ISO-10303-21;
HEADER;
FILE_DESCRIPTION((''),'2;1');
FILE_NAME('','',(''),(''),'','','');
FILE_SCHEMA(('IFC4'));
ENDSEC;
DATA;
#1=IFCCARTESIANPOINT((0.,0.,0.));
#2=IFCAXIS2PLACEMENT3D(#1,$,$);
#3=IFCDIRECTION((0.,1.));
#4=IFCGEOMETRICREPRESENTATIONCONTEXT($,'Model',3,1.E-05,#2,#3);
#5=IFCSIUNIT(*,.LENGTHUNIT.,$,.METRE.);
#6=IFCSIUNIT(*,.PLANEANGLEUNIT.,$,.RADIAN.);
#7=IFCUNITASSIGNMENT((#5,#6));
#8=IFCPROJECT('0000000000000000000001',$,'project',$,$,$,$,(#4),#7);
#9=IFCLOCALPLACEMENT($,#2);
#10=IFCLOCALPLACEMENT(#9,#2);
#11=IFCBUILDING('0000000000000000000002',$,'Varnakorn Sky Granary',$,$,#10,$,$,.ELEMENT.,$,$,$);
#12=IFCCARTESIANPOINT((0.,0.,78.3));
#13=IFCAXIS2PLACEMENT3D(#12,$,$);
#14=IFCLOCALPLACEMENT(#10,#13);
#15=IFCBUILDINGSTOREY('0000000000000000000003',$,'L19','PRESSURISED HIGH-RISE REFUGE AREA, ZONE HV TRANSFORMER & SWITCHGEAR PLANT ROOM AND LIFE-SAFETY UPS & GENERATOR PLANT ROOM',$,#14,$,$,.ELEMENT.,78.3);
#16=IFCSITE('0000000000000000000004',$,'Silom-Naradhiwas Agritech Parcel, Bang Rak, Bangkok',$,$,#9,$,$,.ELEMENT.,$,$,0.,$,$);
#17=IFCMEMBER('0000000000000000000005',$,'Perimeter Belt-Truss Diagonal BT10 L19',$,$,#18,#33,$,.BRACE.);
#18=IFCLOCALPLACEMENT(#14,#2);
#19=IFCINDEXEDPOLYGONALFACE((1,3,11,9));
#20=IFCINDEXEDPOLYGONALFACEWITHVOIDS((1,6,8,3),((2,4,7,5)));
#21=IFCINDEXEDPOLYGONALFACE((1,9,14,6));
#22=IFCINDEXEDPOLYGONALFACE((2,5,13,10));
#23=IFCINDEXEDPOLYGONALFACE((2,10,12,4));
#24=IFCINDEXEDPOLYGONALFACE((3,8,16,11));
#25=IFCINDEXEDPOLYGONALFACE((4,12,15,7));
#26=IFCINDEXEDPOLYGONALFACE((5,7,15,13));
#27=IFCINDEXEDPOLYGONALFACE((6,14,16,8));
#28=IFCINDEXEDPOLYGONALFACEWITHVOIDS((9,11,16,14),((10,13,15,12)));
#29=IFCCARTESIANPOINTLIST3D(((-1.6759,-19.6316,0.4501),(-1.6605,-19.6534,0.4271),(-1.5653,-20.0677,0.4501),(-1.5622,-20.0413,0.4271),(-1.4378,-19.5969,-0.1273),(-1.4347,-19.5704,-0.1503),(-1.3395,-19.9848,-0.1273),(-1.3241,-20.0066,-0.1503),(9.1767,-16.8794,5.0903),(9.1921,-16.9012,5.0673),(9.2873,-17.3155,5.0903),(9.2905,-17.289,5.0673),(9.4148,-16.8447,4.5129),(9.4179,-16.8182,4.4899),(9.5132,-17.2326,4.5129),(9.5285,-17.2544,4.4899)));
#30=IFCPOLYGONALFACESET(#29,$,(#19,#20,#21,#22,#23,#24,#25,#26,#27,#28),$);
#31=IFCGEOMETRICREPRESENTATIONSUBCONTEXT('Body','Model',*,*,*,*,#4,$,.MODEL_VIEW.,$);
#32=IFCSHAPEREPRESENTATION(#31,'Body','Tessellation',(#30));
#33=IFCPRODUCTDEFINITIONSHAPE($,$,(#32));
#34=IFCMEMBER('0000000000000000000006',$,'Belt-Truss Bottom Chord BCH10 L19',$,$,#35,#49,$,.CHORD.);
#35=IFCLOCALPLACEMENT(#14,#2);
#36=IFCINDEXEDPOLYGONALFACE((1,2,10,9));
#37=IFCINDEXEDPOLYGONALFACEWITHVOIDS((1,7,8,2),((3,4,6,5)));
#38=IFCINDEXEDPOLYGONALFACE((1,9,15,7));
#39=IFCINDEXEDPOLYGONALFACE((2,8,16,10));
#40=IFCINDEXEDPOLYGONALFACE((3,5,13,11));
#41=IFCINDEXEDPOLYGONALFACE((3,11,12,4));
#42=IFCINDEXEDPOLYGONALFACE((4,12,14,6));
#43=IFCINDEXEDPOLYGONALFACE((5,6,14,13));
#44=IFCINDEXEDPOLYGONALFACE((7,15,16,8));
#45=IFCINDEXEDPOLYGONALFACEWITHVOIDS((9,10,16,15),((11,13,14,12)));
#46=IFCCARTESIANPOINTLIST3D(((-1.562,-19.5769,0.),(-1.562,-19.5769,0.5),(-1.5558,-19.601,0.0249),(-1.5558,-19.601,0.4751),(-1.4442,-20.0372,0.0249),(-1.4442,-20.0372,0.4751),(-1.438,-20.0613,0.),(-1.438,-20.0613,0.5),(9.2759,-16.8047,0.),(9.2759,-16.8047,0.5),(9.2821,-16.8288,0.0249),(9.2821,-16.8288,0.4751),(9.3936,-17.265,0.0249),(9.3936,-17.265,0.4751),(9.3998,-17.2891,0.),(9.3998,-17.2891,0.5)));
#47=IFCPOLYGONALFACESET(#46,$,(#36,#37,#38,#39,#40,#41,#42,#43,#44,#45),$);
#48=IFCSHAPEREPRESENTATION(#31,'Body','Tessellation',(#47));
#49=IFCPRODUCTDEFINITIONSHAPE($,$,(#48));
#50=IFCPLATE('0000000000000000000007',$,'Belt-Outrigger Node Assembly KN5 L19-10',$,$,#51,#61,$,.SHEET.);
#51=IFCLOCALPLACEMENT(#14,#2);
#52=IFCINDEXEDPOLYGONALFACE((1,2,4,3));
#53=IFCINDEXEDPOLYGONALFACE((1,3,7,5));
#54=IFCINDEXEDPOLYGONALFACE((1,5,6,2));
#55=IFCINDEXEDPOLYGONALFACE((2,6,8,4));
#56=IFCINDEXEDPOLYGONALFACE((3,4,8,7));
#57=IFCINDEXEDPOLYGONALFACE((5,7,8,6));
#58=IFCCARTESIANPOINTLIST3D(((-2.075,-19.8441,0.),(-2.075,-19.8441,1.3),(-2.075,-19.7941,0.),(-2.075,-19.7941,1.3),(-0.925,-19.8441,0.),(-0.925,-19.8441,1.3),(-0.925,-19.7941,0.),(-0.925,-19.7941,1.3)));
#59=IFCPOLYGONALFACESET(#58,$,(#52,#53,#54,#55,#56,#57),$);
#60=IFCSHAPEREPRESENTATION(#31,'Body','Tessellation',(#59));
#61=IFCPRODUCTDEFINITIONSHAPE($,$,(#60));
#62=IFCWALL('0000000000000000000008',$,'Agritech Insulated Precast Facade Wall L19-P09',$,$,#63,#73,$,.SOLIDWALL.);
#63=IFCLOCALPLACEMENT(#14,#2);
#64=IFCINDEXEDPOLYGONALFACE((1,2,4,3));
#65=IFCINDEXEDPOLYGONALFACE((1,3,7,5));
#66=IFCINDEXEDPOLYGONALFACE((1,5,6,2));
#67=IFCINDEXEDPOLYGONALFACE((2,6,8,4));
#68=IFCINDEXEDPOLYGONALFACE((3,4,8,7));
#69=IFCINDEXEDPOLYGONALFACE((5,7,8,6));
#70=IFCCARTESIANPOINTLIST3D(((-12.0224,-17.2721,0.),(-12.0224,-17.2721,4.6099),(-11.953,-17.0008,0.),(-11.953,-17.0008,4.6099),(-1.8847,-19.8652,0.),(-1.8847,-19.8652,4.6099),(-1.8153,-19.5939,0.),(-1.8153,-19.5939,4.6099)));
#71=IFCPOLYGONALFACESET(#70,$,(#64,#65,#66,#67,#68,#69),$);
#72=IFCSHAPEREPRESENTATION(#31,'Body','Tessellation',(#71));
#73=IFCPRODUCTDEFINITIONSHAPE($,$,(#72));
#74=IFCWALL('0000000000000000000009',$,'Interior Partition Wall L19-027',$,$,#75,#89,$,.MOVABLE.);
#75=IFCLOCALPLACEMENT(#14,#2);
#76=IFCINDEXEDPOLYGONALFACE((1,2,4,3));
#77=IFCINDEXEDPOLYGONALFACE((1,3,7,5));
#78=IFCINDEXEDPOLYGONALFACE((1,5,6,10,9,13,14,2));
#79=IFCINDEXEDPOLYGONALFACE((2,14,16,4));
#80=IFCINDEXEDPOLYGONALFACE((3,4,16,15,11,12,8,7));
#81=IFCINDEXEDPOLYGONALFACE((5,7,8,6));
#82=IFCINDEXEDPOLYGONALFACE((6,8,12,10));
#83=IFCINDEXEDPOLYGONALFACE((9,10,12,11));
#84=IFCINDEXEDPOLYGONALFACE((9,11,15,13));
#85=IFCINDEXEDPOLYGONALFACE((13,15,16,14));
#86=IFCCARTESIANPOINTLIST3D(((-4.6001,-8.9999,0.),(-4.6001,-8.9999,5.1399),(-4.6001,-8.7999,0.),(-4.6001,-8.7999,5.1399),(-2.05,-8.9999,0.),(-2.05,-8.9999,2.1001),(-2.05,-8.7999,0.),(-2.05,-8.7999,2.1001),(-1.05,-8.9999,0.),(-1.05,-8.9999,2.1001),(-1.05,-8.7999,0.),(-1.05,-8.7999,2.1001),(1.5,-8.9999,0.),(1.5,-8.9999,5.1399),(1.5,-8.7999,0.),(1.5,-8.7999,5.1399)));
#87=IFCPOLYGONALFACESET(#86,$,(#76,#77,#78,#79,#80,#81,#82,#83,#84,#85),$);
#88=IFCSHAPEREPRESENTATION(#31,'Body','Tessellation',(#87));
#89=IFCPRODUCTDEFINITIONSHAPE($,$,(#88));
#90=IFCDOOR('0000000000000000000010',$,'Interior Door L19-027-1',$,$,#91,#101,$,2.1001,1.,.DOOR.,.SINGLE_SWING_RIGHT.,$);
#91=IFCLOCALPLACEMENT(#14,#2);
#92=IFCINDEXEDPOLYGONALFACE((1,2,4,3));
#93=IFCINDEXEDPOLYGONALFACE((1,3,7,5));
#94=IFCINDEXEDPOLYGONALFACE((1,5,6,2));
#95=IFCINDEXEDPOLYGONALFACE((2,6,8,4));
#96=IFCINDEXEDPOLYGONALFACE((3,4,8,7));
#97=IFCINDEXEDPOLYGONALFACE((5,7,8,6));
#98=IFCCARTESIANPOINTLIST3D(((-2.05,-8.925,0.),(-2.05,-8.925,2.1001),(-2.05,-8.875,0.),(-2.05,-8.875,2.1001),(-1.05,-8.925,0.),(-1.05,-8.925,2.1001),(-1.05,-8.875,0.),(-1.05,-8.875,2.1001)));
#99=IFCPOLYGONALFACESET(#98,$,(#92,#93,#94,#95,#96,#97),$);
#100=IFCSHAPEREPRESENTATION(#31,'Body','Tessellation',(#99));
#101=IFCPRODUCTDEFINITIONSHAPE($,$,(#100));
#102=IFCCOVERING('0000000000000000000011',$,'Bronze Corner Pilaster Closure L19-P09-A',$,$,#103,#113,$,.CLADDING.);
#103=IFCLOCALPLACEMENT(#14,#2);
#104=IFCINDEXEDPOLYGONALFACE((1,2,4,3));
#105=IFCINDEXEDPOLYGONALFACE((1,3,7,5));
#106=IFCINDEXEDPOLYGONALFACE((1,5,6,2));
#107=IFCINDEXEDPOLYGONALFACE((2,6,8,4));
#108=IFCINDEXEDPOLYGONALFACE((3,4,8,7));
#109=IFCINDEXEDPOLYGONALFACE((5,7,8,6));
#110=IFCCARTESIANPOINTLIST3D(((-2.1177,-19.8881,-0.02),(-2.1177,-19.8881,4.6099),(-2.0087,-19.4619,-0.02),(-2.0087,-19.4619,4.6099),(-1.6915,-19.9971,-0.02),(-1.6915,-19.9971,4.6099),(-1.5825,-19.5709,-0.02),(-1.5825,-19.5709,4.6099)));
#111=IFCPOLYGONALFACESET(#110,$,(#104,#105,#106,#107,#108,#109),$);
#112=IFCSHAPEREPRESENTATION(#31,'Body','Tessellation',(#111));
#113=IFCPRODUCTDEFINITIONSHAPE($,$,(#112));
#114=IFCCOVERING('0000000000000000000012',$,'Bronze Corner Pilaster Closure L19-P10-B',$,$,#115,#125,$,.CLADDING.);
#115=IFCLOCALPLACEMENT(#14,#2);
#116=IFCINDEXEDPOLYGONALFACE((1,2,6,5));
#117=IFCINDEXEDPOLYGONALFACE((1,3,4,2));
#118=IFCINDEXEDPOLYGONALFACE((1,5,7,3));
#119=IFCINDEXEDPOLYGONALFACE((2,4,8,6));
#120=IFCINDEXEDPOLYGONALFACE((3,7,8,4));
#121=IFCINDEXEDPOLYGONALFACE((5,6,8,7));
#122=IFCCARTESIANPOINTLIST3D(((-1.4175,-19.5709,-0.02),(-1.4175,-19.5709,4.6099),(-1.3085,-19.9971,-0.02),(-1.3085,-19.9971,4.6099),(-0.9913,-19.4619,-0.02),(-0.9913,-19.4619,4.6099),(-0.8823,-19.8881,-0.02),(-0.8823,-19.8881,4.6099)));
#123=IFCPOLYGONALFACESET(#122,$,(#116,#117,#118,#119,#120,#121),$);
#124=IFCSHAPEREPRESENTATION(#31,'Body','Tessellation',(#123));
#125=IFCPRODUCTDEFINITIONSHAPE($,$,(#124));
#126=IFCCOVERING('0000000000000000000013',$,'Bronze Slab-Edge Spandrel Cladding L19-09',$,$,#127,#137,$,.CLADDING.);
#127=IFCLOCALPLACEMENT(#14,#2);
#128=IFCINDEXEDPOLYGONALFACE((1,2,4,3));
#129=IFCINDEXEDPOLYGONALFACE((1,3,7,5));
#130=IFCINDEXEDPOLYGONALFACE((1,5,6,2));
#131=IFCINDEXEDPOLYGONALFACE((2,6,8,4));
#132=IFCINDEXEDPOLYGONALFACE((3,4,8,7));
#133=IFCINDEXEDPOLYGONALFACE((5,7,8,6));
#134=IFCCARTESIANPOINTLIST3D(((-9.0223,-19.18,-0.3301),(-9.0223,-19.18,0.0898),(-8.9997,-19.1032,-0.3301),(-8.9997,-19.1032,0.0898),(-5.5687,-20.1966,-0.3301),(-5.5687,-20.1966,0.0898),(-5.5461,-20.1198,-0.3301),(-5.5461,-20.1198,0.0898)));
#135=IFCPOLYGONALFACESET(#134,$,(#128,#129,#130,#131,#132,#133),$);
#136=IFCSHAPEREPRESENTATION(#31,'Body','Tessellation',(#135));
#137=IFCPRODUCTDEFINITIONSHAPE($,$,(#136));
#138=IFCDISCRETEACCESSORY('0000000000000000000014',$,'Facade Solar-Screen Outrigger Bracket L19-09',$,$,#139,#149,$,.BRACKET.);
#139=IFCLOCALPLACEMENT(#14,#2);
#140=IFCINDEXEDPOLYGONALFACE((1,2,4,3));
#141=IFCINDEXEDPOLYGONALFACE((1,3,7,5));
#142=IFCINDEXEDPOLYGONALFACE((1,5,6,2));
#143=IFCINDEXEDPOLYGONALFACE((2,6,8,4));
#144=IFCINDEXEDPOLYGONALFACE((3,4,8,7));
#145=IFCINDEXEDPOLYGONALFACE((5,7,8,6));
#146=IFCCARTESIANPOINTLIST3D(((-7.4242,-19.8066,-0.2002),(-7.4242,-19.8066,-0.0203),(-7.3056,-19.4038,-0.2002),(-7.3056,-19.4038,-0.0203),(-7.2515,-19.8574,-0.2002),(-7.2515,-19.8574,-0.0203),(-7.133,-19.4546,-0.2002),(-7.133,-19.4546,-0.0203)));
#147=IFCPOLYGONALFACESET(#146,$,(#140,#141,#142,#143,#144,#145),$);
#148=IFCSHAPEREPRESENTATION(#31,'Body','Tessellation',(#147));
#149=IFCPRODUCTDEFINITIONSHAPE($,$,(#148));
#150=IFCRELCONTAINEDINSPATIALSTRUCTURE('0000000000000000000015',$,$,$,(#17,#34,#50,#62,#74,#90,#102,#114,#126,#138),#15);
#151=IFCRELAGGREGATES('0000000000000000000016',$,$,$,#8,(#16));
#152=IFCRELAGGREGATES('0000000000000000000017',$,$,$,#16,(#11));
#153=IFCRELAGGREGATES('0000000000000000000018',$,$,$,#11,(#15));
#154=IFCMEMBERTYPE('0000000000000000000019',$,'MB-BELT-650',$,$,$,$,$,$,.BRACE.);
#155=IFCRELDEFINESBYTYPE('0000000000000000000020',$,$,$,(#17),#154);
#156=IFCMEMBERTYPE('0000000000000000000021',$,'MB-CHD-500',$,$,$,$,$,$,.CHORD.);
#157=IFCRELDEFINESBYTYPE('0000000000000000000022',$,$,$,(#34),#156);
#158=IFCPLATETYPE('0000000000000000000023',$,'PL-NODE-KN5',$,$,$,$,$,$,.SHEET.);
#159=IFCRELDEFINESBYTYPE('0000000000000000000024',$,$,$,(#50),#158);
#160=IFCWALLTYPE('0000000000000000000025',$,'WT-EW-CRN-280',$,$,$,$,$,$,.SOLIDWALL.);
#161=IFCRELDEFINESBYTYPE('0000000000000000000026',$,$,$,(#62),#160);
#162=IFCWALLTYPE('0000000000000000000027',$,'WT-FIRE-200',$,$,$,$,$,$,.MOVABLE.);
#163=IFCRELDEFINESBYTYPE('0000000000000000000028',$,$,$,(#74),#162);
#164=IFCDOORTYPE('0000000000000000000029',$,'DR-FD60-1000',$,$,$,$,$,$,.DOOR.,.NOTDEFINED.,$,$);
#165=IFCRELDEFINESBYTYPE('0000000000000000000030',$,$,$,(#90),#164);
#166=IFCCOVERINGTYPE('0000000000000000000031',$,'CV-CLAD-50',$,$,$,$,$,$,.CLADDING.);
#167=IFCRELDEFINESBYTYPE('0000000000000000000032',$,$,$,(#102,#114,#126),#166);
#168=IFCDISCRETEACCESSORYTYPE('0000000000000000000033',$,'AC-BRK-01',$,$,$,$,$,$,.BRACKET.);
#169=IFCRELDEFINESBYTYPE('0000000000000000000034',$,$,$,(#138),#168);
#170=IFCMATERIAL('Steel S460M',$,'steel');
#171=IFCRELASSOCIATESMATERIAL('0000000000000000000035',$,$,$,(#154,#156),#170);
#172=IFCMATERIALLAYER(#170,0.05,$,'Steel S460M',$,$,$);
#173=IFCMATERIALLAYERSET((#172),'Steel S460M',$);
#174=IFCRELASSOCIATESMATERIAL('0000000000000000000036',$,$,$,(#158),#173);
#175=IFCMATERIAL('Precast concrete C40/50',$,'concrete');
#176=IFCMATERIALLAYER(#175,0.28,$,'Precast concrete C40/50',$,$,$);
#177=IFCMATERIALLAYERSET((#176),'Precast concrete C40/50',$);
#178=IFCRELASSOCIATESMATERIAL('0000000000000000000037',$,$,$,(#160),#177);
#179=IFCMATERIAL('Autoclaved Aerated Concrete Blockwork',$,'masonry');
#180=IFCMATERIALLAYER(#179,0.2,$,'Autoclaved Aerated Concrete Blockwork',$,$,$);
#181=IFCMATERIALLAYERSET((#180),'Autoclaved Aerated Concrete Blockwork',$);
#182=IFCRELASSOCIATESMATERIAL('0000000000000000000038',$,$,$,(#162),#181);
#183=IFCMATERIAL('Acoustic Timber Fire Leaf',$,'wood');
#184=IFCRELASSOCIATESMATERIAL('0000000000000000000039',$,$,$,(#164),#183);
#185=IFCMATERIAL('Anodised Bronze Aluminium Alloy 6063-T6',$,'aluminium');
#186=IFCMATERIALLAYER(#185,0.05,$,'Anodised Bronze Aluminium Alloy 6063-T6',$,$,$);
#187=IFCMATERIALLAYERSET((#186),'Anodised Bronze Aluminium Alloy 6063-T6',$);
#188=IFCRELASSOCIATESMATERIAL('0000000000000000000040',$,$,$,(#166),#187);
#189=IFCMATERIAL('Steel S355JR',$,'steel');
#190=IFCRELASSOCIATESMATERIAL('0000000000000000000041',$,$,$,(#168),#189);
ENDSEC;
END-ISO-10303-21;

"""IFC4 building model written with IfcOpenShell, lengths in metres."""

from ifc_helpers import new_model, si_unit, direction, frame, frame_2d, origin, origin_2d, place, context, subcontext, project, spatial, rectangle, hollow_rectangle, extrude, source, transform, mapped, material, layer, layer_set, material_profile, profile_set, type_object, type_shapes, element, fill, save


model = new_model("IFC4")

# Units and contexts
model_context = context("Model", 3, precision=1e-05, world=origin(), true_north=direction((0.0, 1.0)))
body_context = subcontext(model_context, "Body", "Model", "MODEL_VIEW")
ifc_project = project(units=[si_unit("LENGTHUNIT", "METRE"), si_unit("PLANEANGLEUNIT", "RADIAN")], contexts=[model_context])

# Site, building, storey
site_placement = place(None, origin())
site = spatial("IfcSite", under=ifc_project, at=site_placement, Name="Silom-Naradhiwas Agritech Parcel, Bang Rak, Bangkok", CompositionType="ELEMENT", RefElevation=0.0)
building_placement = place(site_placement, origin())
building = spatial("IfcBuilding", under=site, at=building_placement, Name="Varnakorn Sky Granary", CompositionType="ELEMENT")
storey_placement = place(building_placement, frame((0.0, 0.0, 78.3)))
storey = spatial("IfcBuildingStorey", under=building, at=storey_placement, Name="L19", Description="PRESSURISED HIGH-RISE REFUGE AREA, ZONE HV TRANSFORMER & SWITCHGEAR PLANT ROOM AND LIFE-SAFETY UPS & GENERATOR PLANT ROOM", CompositionType="ELEMENT", Elevation=78.3)

# Shared definitions
ifc_material_1 = material(Name="Steel S460M", Category="steel")

# Shared definitions
ifc_material_2 = material(Name="Steel S355JR", Category="steel")

# Members
ifc_material_profile_1 = material_profile(ifc_material_1, hollow_rectangle(XDim=0.45, YDim=0.6499, WallThickness=0.0249, at=origin_2d()), Name="RHS 450x650x25")
ifc_profile_set_1 = profile_set([ifc_material_profile_1], Name="Steel S460M")
member_type_1 = type_object("IfcMemberType", Name="MB-BELT-650", PredefinedType="BRACE", material=ifc_profile_set_1)
member_1_placement = place(storey_placement, frame((-1.5, -19.8191, 0.1499), z_axis=(0.895459, 0.227088, 0.382864), x_axis=(-0.245818, 0.969316, 0.0)))
element("IfcMember", 1, at=member_1_placement, inside=storey, type_object=member_type_1, Name="Perimeter Belt-Truss Diagonal BT10 L19", PredefinedType="BRACE", context=body_context, shape_type="SweptSolid", body=[
    extrude(hollow_rectangle(XDim=0.45, YDim=0.6499, WallThickness=0.0249, at=origin_2d()), origin(), (0.0, 0.0, 1.0), 12.1196),
])
ifc_material_profile_2 = material_profile(ifc_material_1, hollow_rectangle(XDim=0.5, YDim=0.5, WallThickness=0.0249, at=origin_2d()), Name="SHS 500x500x25")
ifc_profile_set_2 = profile_set([ifc_material_profile_2], Name="Steel S460M")
member_type_2 = type_object("IfcMemberType", Name="MB-CHD-500", PredefinedType="CHORD", material=ifc_profile_set_2)
member_2_placement = place(storey_placement, frame((-1.5, -19.8191, 0.25), z_axis=(0.968808, 0.247811, 0.0), x_axis=(-0.247811, 0.968808, 0.0)))
element("IfcMember", 2, at=member_2_placement, inside=storey, type_object=member_type_2, Name="Belt-Truss Bottom Chord BCH10 L19", PredefinedType="CHORD", context=body_context, shape_type="SweptSolid", body=[
    extrude(hollow_rectangle(XDim=0.5, YDim=0.5, WallThickness=0.0249, at=origin_2d()), origin(), (0.0, 0.0, 1.0), 11.1868),
])

# Plate
ifc_layer_1 = layer(ifc_material_1, 0.05, Name="Steel S460M")
ifc_layer_set_1 = layer_set([ifc_layer_1], Name="Steel S460M")
plate_type = type_object("IfcPlateType", Name="PL-NODE-KN5", PredefinedType="SHEET", material=ifc_layer_set_1)
plate_placement = place(storey_placement, frame((-1.5, -19.8191, 0.0), z_axis=(0.0, 0.0, 1.0), x_axis=(1.0, 0.0, 0.0)))
element("IfcPlate", 3, at=plate_placement, inside=storey, type_object=plate_type, Name="Belt-Outrigger Node Assembly KN5 L19-10", PredefinedType="SHEET", context=body_context, shape_type="SweptSolid", body=[
    extrude(rectangle(XDim=1.1499, YDim=0.05, at=origin_2d()), origin(), (0.0, 0.0, 1.0), 1.3),
])

# Wall
ifc_material_3 = material(Name="Precast concrete C40/50", Category="concrete")
ifc_layer_2 = layer(ifc_material_3, 0.28, Name="Precast concrete C40/50")
ifc_layer_set_2 = layer_set([ifc_layer_2], Name="Precast concrete C40/50")
wall_type_1 = type_object("IfcWallType", Name="WT-EW-CRN-280", PredefinedType="SOLIDWALL", material=ifc_layer_set_2)
wall_1_placement = place(storey_placement, frame((-1.8501, -19.7295, 0.0), z_axis=(0.0, 0.0, 1.0), x_axis=(-0.968811, 0.247802, 0.0)))
element("IfcWall", 4, at=wall_1_placement, inside=storey, type_object=wall_type_1, Name="Agritech Insulated Precast Facade Wall L19-P09", PredefinedType="SOLIDWALL", context=body_context, shape_type="SweptSolid", body=[
    extrude(rectangle(XDim=10.4641, YDim=0.28, at=frame_2d((5.2319, 0.0))), origin(), (0.0, 0.0, 1.0), 4.6099),
])

# Wall, opening, door
ifc_material_4 = material(Name="Autoclaved Aerated Concrete Blockwork", Category="masonry")
ifc_layer_3 = layer(ifc_material_4, 0.2, Name="Autoclaved Aerated Concrete Blockwork")
ifc_layer_set_3 = layer_set([ifc_layer_3], Name="Autoclaved Aerated Concrete Blockwork")
wall_type_2 = type_object("IfcWallType", Name="WT-FIRE-200", PredefinedType="MOVABLE", material=ifc_layer_set_3)
wall_2_placement = place(storey_placement, frame((-4.6001, -8.8999, 0.0), z_axis=(0.0, 0.0, 1.0), x_axis=(1.0, 0.0, 0.0)))
wall_2 = element("IfcWall", 5, at=wall_2_placement, inside=storey, type_object=wall_type_2, Name="Interior Partition Wall L19-027", PredefinedType="MOVABLE", context=body_context, shape_type="SweptSolid", body=[
    extrude(rectangle(XDim=6.1001, YDim=0.2, at=frame_2d((3.05, 0.0))), origin(), (0.0, 0.0, 1.0), 5.1399),
])
opening_placement = place(wall_2_placement, frame((2.55, 0.0, 0.0)))
opening = element("IfcOpeningElement", 6, at=opening_placement, cuts=wall_2, PredefinedType="OPENING", context=body_context, shape_type="SweptSolid", body=[
    extrude(rectangle(XDim=1.0, YDim=2.1001, at=frame_2d((0.5, 1.05))), frame((0.0, 0.1099, 0.0), z_axis=(0.0, -1.0, 0.0), x_axis=(1.0, 0.0, 0.0)), (0.0, 0.0, 1.0), 0.22),
])
ifc_material_5 = material(Name="Acoustic Timber Fire Leaf", Category="wood")
door_type = type_object("IfcDoorType", Name="DR-FD60-1000", OperationType="NOTDEFINED", PredefinedType="DOOR", material=ifc_material_5)
door_placement = place(opening_placement, origin())
door = element("IfcDoor", 7, at=door_placement, inside=storey, type_object=door_type, Name="Interior Door L19-027-1", OperationType="SINGLE_SWING_RIGHT", OverallHeight=2.1001, OverallWidth=1.0, PredefinedType="DOOR", context=body_context, shape_type="SweptSolid", body=[
    extrude(rectangle(XDim=1.0, YDim=2.1001, at=frame_2d((0.5, 1.05))), frame((0.0, 0.0249, 0.0), z_axis=(0.0, -1.0, 0.0), x_axis=(1.0, 0.0, 0.0)), (0.0, 0.0, 1.0), 0.05),
])
fill(opening, door)

# Coverings
ifc_material_6 = material(Name="Anodised Bronze Aluminium Alloy 6063-T6", Category="aluminium")
ifc_layer_4 = layer(ifc_material_6, 0.05, Name="Anodised Bronze Aluminium Alloy 6063-T6")
ifc_layer_set_4 = layer_set([ifc_layer_4], Name="Anodised Bronze Aluminium Alloy 6063-T6")
covering_type = type_object("IfcCoveringType", Name="CV-CLAD-50", PredefinedType="CLADDING", material=ifc_layer_set_4)
shared_shape_1 = source(origin(), body_context, "Body", "SweptSolid", [
    extrude(rectangle(XDim=0.4399, YDim=0.4399, at=origin_2d()), origin(), (0.0, 0.0, 1.0), 4.6299),
])
for number, where, z_axis, x_axis, name in (
    (8, (-1.8501, -19.7295, -0.02), (0.0, 0.0, 1.0), (-0.9688, 0.247845, 0.0), "Bronze Corner Pilaster Closure L19-P09-A"),
    (9, (-1.1499, -19.7295, -0.02), (0.0, 0.0, 1.0), (-0.9688, -0.247845, 0.0), "Bronze Corner Pilaster Closure L19-P10-B"),
):
    element("IfcCovering", number, at=place(storey_placement, frame(where, z_axis=z_axis, x_axis=x_axis)), inside=storey, type_object=covering_type, Name=name, PredefinedType="CLADDING", context=body_context, shape_type="MappedRepresentation", body=[
        mapped(shared_shape_1, transform((0.0, 0.0, 0.0), x_axis=(1.0, 0.0, 0.0), y_axis=(0.0, 1.0, 0.0), z_axis=(0.0, 0.0, 1.0), scale=1.0)),
    ])
shared_shape_2 = source(origin(), body_context, "Body", "SweptSolid", [
    extrude(rectangle(XDim=3.6001, YDim=0.0801, at=origin_2d()), origin(), (0.0, 0.0, 1.0), 0.4199),
])
type_shapes(covering_type, [shared_shape_1, shared_shape_2])
covering_placement = place(storey_placement, frame((-7.2842, -19.6499, -0.3301), z_axis=(0.0, 0.0, 1.0), x_axis=(0.959301, -0.282384, 0.0)))
element("IfcCovering", 10, at=covering_placement, inside=storey, type_object=covering_type, Name="Bronze Slab-Edge Spandrel Cladding L19-09", PredefinedType="CLADDING", context=body_context, shape_type="MappedRepresentation", body=[
    mapped(shared_shape_2, transform((0.0, 0.0, 0.0), x_axis=(1.0, 0.0, 0.0), y_axis=(0.0, 1.0, 0.0), z_axis=(0.0, 0.0, 1.0), scale=1.0)),
])

# Discrete accessory
discrete_accessory_type = type_object("IfcDiscreteAccessoryType", Name="AC-BRK-01", PredefinedType="BRACKET", material=ifc_material_2)
shared_shape_3 = source(origin(), body_context, "Body", "SweptSolid", [
    extrude(rectangle(XDim=0.1799, YDim=0.4199, at=origin_2d()), origin(), (0.0, 0.0, 1.0), 0.1799),
])
type_shapes(discrete_accessory_type, [shared_shape_3])
discrete_accessory_placement = place(storey_placement, frame((-7.2786, -19.6306, -0.2002), z_axis=(0.0, 0.0, 1.0), x_axis=(0.959301, -0.282384, 0.0)))
element("IfcDiscreteAccessory", 11, at=discrete_accessory_placement, inside=storey, type_object=discrete_accessory_type, Name="Facade Solar-Screen Outrigger Bracket L19-09", PredefinedType="BRACKET", context=body_context, shape_type="MappedRepresentation", body=[
    mapped(shared_shape_3, transform((0.0, 0.0, 0.0), x_axis=(1.0, 0.0, 0.0), y_axis=(0.0, 1.0, 0.0), z_axis=(0.0, 0.0, 1.0), scale=1.0)),
])

save(model, "model.ifc")
